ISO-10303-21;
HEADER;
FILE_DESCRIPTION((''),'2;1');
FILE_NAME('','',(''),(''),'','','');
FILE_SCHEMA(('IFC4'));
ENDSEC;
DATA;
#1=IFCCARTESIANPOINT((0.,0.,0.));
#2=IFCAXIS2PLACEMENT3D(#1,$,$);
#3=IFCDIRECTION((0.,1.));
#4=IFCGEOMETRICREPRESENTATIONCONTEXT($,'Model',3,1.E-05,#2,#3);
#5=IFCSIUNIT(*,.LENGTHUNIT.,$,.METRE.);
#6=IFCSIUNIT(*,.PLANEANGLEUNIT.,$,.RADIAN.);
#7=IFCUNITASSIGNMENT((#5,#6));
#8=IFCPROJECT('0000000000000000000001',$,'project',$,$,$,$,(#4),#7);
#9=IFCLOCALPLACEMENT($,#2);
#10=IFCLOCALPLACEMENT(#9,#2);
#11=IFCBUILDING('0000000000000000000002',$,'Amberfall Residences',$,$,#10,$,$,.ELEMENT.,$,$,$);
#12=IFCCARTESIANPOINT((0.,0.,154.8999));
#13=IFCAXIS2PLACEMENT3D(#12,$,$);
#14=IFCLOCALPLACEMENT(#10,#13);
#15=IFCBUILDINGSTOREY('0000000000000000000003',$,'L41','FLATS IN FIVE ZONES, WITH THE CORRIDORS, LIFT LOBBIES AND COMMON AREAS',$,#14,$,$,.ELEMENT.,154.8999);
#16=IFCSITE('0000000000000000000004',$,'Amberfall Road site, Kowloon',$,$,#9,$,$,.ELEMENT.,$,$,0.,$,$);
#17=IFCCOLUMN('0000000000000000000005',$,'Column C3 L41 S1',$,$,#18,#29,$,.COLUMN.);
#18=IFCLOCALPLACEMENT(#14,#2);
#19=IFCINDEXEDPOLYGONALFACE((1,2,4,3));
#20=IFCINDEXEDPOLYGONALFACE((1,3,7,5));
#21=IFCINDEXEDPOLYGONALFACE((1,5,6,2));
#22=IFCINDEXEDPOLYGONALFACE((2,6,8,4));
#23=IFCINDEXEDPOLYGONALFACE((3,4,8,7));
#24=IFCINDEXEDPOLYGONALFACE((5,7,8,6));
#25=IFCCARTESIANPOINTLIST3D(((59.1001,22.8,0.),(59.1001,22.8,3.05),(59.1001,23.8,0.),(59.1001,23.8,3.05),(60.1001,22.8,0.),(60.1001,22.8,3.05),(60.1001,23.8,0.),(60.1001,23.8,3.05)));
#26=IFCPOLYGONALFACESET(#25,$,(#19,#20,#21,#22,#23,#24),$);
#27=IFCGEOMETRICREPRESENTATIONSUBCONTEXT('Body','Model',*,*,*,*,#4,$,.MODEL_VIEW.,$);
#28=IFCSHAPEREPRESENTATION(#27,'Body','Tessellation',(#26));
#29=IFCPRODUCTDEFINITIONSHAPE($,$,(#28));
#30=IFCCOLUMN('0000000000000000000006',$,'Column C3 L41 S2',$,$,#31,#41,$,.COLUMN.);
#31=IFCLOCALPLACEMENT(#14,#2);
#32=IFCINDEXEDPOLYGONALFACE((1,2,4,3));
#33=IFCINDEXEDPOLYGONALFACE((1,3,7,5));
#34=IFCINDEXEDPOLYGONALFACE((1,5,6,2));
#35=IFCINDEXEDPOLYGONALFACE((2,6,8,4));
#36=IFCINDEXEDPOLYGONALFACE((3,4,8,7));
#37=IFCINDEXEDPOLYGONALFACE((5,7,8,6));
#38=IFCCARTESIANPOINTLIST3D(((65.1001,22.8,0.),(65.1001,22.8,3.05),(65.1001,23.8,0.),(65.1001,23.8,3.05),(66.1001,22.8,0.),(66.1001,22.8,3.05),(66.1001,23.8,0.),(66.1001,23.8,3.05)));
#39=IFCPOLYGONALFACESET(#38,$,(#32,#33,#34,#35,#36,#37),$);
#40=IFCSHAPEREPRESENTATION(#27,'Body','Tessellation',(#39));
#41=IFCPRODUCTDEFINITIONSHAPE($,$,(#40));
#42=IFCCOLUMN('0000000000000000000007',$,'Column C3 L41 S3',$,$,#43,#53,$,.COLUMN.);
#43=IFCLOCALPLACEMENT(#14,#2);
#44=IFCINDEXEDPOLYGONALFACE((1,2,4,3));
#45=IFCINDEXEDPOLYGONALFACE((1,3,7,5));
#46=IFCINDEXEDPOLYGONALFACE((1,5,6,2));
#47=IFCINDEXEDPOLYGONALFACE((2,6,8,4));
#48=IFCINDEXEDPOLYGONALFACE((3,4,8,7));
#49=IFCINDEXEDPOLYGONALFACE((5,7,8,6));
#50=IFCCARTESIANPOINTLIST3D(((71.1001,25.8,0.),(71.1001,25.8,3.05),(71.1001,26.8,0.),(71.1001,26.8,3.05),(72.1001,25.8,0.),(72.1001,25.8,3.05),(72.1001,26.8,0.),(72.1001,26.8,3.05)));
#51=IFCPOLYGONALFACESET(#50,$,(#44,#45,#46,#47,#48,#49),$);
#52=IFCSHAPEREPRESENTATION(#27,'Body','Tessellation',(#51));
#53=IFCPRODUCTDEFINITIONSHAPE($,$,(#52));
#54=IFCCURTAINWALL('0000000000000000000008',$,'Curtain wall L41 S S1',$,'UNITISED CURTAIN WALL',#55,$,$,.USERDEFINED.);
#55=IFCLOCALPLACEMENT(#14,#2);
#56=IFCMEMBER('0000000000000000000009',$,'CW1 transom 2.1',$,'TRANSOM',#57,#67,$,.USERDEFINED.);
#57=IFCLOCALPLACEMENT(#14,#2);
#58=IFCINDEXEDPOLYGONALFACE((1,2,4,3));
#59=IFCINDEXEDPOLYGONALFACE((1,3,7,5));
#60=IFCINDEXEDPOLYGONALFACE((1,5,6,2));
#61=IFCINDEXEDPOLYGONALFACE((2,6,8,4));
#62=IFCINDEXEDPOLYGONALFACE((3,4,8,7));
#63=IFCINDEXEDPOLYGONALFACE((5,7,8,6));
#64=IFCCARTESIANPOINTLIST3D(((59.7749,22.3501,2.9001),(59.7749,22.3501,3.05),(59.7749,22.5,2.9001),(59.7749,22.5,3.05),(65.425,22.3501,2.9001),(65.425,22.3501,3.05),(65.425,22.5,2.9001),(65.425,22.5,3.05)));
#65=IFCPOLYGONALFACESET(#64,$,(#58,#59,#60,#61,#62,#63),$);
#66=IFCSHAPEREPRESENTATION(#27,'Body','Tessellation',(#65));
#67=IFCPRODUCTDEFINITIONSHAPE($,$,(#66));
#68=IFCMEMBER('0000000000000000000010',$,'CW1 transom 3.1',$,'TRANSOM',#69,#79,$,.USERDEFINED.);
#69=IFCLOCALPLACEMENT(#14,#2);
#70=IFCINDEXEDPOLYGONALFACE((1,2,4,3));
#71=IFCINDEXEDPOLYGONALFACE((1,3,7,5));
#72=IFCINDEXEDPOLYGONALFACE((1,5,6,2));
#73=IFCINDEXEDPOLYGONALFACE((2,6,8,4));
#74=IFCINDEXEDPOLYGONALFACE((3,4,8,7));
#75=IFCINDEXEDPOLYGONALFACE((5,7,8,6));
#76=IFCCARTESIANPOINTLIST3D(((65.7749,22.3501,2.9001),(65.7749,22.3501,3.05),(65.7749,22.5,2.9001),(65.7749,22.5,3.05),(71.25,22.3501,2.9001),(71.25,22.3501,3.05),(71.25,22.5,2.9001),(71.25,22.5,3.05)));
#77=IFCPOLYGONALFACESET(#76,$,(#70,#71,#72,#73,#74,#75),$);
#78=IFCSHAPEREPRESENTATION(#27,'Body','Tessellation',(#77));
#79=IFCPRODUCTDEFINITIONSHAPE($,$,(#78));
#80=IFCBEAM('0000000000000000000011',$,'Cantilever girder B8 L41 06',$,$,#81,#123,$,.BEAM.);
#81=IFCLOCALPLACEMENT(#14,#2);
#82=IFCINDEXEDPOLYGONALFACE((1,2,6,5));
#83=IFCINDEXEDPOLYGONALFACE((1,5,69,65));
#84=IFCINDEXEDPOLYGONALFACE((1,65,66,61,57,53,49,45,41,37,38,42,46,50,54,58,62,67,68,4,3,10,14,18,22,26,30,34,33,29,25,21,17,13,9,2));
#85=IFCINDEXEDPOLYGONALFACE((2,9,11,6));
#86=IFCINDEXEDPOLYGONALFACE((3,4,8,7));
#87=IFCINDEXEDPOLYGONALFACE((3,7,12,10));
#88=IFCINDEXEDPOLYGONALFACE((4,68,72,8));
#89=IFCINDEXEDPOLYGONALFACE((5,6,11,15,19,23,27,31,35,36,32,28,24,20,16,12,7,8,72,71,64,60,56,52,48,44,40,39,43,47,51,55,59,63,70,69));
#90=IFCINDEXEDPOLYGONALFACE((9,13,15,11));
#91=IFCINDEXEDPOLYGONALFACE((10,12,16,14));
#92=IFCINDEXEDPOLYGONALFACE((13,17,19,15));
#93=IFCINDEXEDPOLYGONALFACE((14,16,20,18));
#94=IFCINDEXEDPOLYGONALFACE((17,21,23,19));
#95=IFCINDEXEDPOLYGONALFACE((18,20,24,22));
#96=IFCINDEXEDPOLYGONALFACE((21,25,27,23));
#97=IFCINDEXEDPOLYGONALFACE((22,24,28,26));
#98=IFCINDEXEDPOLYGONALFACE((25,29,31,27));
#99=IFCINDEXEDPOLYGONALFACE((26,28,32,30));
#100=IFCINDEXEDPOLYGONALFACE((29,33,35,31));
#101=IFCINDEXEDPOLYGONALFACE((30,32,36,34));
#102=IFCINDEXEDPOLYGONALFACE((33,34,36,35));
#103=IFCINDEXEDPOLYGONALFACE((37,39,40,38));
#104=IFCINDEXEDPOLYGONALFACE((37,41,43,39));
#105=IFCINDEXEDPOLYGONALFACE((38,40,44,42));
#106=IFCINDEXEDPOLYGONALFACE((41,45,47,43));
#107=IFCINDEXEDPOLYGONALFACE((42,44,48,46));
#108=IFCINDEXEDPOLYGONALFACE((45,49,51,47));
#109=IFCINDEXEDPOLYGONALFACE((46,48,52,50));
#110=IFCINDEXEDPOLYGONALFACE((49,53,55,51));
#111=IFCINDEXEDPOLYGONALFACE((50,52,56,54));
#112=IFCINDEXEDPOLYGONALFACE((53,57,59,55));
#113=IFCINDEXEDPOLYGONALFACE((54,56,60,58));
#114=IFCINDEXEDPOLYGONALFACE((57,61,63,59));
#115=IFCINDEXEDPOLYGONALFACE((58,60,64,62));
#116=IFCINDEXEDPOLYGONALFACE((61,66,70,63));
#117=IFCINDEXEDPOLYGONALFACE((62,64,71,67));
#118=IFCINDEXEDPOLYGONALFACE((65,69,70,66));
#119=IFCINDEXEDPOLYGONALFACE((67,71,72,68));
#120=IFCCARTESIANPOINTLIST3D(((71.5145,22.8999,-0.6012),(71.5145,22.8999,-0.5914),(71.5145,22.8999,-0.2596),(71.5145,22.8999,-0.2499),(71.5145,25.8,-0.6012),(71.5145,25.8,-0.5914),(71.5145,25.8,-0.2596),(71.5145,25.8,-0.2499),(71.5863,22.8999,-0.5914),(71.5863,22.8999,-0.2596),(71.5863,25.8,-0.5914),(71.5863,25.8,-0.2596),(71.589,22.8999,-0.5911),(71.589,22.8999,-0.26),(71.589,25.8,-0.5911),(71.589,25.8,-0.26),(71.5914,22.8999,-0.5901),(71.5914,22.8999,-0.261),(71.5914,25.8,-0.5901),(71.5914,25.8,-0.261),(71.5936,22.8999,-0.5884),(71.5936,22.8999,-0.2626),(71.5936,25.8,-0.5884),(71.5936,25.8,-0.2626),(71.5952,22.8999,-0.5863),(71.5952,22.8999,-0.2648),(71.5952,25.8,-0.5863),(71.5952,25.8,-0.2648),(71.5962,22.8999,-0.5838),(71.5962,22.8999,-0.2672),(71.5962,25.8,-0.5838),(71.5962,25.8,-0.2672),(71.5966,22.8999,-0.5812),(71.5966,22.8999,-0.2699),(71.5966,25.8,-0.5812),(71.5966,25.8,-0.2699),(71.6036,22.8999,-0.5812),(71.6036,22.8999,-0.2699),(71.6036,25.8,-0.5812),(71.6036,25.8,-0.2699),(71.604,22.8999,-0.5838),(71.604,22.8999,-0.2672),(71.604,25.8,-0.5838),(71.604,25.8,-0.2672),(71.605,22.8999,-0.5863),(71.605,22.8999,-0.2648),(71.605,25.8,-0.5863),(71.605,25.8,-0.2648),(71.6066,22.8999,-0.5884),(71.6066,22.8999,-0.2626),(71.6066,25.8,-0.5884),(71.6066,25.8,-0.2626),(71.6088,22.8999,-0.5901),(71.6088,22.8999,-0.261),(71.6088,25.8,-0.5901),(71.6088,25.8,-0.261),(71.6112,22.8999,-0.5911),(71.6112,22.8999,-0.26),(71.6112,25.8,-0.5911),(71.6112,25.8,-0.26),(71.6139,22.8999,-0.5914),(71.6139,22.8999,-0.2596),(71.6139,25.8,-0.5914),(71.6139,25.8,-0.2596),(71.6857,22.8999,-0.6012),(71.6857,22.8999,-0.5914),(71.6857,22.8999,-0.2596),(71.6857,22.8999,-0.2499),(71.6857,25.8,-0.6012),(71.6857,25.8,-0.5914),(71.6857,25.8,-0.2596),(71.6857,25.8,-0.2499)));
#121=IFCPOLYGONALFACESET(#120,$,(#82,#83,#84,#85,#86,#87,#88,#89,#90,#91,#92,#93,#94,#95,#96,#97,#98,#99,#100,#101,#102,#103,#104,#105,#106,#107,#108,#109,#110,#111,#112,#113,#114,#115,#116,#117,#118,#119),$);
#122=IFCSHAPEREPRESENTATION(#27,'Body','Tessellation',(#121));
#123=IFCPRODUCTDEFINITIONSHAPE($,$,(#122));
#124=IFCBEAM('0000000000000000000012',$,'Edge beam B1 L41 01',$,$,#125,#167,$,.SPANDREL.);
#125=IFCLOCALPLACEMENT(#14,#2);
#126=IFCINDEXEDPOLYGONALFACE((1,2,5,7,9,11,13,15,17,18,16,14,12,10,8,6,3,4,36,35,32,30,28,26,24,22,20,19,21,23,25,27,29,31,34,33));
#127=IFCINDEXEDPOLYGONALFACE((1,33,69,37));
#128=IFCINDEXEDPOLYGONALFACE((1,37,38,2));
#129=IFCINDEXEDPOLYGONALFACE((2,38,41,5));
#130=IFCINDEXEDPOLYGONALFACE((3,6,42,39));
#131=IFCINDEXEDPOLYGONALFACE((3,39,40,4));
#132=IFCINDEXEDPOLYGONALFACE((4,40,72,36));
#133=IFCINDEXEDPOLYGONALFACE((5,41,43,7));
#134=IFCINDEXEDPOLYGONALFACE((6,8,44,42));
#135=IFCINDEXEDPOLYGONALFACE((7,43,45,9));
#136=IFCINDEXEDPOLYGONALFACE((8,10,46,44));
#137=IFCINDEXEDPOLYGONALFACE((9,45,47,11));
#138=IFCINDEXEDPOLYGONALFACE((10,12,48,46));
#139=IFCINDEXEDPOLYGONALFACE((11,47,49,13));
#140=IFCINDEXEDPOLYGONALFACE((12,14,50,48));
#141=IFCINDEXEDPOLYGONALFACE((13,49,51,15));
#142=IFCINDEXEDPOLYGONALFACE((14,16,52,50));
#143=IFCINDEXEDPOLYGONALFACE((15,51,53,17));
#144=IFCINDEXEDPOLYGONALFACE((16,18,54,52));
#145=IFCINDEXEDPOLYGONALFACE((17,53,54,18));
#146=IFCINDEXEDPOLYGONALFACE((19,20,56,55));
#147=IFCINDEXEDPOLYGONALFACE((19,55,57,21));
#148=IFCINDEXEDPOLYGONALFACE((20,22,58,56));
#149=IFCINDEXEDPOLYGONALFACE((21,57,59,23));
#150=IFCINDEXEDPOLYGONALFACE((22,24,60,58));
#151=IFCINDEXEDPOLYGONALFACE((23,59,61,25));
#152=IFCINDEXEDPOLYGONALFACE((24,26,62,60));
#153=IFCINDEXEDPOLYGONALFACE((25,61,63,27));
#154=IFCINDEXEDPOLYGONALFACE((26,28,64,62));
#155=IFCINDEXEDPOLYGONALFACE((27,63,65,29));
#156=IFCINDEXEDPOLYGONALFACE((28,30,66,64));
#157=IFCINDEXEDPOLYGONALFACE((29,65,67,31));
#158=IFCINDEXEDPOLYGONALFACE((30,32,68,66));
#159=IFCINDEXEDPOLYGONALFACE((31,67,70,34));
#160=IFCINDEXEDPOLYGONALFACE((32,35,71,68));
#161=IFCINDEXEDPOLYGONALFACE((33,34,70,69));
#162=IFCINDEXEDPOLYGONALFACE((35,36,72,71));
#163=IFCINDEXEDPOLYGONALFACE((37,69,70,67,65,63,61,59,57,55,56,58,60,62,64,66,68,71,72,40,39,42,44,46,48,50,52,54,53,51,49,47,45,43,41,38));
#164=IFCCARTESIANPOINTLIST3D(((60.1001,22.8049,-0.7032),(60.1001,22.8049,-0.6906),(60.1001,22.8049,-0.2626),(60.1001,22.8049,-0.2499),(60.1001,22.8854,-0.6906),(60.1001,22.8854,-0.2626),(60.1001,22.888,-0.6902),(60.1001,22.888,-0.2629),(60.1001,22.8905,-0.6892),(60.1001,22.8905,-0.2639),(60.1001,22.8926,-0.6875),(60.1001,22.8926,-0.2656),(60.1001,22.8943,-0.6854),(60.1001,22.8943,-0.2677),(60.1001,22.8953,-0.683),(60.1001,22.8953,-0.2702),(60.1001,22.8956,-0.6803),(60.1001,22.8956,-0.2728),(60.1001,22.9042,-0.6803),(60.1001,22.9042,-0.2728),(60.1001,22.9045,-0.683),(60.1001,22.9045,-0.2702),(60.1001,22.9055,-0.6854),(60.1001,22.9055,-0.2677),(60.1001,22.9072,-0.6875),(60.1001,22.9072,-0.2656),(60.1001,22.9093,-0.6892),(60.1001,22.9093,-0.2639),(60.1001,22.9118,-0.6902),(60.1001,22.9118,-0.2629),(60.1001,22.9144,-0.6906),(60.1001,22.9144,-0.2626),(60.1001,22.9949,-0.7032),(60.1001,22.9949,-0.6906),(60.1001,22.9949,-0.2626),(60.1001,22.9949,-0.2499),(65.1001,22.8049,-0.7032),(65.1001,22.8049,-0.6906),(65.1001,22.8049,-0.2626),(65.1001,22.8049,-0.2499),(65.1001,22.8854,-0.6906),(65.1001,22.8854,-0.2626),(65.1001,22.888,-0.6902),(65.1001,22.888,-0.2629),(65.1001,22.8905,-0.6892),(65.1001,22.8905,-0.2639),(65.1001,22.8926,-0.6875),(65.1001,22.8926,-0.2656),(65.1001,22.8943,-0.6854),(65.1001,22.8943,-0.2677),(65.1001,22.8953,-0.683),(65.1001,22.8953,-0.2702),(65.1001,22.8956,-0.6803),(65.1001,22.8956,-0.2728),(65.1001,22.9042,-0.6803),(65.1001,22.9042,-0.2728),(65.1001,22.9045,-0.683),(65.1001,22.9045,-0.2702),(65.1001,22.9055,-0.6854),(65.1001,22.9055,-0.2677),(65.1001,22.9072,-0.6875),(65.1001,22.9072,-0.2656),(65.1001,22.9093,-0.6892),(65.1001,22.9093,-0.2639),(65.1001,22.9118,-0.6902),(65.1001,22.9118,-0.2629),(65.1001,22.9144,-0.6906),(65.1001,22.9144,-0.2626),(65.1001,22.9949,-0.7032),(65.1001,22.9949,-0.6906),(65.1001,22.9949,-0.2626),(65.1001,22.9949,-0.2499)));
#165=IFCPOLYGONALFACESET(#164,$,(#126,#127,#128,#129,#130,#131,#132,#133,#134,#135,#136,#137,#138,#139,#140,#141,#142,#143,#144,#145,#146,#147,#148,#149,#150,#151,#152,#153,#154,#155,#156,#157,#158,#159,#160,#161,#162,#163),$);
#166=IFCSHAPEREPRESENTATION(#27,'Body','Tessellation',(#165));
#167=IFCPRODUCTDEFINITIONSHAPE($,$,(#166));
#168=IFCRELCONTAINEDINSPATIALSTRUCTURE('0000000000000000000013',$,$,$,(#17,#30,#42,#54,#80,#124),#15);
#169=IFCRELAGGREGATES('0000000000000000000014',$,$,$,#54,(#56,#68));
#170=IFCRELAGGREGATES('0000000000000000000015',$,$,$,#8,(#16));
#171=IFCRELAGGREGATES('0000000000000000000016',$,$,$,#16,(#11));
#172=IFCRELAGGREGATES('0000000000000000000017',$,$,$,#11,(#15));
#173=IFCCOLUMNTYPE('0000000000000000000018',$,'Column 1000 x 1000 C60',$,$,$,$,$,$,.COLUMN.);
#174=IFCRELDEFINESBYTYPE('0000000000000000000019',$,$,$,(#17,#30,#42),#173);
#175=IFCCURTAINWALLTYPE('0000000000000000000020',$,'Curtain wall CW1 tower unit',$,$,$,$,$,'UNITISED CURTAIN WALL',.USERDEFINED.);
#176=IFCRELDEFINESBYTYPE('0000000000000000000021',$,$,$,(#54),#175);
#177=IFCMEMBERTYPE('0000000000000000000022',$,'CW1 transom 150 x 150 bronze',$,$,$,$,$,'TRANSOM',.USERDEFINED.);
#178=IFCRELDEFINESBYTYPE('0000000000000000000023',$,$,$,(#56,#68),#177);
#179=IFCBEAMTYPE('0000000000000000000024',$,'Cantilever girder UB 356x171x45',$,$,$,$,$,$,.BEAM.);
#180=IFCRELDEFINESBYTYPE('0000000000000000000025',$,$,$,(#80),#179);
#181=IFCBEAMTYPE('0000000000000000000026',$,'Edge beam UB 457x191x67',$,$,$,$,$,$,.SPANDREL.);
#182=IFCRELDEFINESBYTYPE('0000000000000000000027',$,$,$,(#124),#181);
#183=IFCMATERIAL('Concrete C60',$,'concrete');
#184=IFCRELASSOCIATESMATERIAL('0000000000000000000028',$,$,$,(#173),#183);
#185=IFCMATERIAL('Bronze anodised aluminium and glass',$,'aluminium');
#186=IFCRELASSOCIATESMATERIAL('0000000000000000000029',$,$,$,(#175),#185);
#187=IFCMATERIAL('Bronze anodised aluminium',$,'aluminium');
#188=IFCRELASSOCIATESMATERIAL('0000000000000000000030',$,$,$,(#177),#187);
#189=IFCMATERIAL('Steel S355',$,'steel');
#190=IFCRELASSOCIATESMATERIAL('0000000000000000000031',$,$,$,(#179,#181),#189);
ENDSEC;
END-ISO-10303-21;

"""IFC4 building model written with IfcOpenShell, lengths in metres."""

from ifc_helpers import new_model, si_unit, direction, frame, origin, origin_2d, place, context, subcontext, project, spatial, rectangle, i_section, extrude, material, material_profile, profile_set, type_object, element, aggregate, save


model = new_model("IFC4")

# Units and contexts
model_context = context("Model", 3, precision=1e-05, world=origin(), true_north=direction((0.0, 1.0)))
body_context = subcontext(model_context, "Body", "Model", "MODEL_VIEW")
ifc_project = project(units=[si_unit("LENGTHUNIT", "METRE"), si_unit("PLANEANGLEUNIT", "RADIAN")], contexts=[model_context])

# Site, building, storey
site_placement = place(None, origin())
site = spatial("IfcSite", under=ifc_project, at=site_placement, Name="Amberfall Road site, Kowloon", CompositionType="ELEMENT", RefElevation=0.0)
building_placement = place(site_placement, origin())
building = spatial("IfcBuilding", under=site, at=building_placement, Name="Amberfall Residences", CompositionType="ELEMENT")
storey_placement = place(building_placement, frame((0.0, 0.0, 154.8999)))
storey = spatial("IfcBuildingStorey", under=building, at=storey_placement, Name="L41", Description="FLATS IN FIVE ZONES, WITH THE CORRIDORS, LIFT LOBBIES AND COMMON AREAS", CompositionType="ELEMENT", Elevation=154.8999)

# Columns
ifc_material_1 = material(Name="Concrete C60", Category="concrete")
ifc_material_profile_1 = material_profile(ifc_material_1, rectangle(XDim=1.0, YDim=1.0, at=origin_2d()), Name="Column 1000 x 1000 C60")
ifc_profile_set_1 = profile_set([ifc_material_profile_1], Name="Concrete C60")
column_type = type_object("IfcColumnType", Name="Column 1000 x 1000 C60", PredefinedType="COLUMN", material=ifc_profile_set_1)
for number, where, z_axis, x_axis, name in (
    (1, (59.6001, 23.3, 0.0), (0.0, 0.0, 1.0), (1.0, 0.0, 0.0), "Column C3 L41 S1"),
    (2, (65.6001, 23.3, 0.0), (0.0, 0.0, 1.0), (1.0, 0.0, 0.0), "Column C3 L41 S2"),
    (3, (71.6001, 26.3, 0.0), (0.0, 0.0, 1.0), (1.0, 0.0, 0.0), "Column C3 L41 S3"),
):
    element("IfcColumn", number, at=place(storey_placement, frame(where, z_axis=z_axis, x_axis=x_axis)), inside=storey, type_object=column_type, Name=name, PredefinedType="COLUMN", context=body_context, shape_type="SweptSolid", body=[
        extrude(rectangle(XDim=1.0, YDim=1.0, at=origin_2d()), origin(), (0.0, 0.0, 1.0), 3.05),
    ])

# Curtain wall, members
ifc_material_2 = material(Name="Bronze anodised aluminium and glass", Category="aluminium")
curtain_wall_type = type_object("IfcCurtainWallType", Name="Curtain wall CW1 tower unit", ElementType="UNITISED CURTAIN WALL", PredefinedType="USERDEFINED", material=ifc_material_2)
curtain_wall_placement = place(storey_placement, origin())
curtain_wall = element("IfcCurtainWall", 4, at=curtain_wall_placement, inside=storey, type_object=curtain_wall_type, Name="Curtain wall L41 S S1", ObjectType="UNITISED CURTAIN WALL", PredefinedType="USERDEFINED")
ifc_material_3 = material(Name="Bronze anodised aluminium", Category="aluminium")
ifc_material_profile_2 = material_profile(ifc_material_3, rectangle(XDim=0.1499, YDim=0.1499, at=origin_2d()), Name="CW1 transom 150 x 150 bronze")
ifc_profile_set_2 = profile_set([ifc_material_profile_2], Name="Bronze anodised aluminium")
member_type_1 = type_object("IfcMemberType", Name="CW1 transom 150 x 150 bronze", ElementType="TRANSOM", PredefinedType="USERDEFINED", material=ifc_profile_set_2)
member_1_placement = place(storey_placement, frame((59.7749, 22.425, 2.9751), z_axis=(1.0, 0.0, 0.0), x_axis=(0.0, 1.0, 0.0)))
member_1 = element("IfcMember", 5, at=member_1_placement, type_object=member_type_1, Name="CW1 transom 2.1", ObjectType="TRANSOM", PredefinedType="USERDEFINED", context=body_context, shape_type="SweptSolid", body=[
    extrude(rectangle(XDim=0.1499, YDim=0.1499, at=origin_2d()), origin(), (0.0, 0.0, 1.0), 5.6501),
])
member_2_placement = place(storey_placement, frame((65.7749, 22.425, 2.9751), z_axis=(1.0, 0.0, 0.0), x_axis=(0.0, 1.0, 0.0)))
member_2 = element("IfcMember", 6, at=member_2_placement, type_object=member_type_1, Name="CW1 transom 3.1", ObjectType="TRANSOM", PredefinedType="USERDEFINED", context=body_context, shape_type="SweptSolid", body=[
    extrude(rectangle(XDim=0.1499, YDim=0.1499, at=origin_2d()), origin(), (0.0, 0.0, 1.0), 5.4751),
])

# Beams
ifc_material_4 = material(Name="Steel S355", Category="steel")
ifc_material_profile_3 = material_profile(ifc_material_4, i_section(OverallWidth=0.1711, OverallDepth=0.3513, WebThickness=0.0071, FlangeThickness=0.0098, FilletRadius=0.0103, at=origin_2d()), Name="UB 356x171x45")
ifc_profile_set_3 = profile_set([ifc_material_profile_3], Name="Steel S355")
beam_type_1 = type_object("IfcBeamType", Name="Cantilever girder UB 356x171x45", PredefinedType="BEAM", material=ifc_profile_set_3)
beam_1_placement = place(storey_placement, frame((71.6001, 25.8, -0.4255), z_axis=(0.0, -1.0, 0.0), x_axis=(1.0, 0.0, 0.0)))
element("IfcBeam", 7, at=beam_1_placement, inside=storey, type_object=beam_type_1, Name="Cantilever girder B8 L41 06", PredefinedType="BEAM", context=body_context, shape_type="SweptSolid", body=[
    extrude(i_section(OverallWidth=0.1711, OverallDepth=0.3513, WebThickness=0.0071, FlangeThickness=0.0098, FilletRadius=0.0103, at=origin_2d()), origin(), (0.0, 0.0, 1.0), 2.9001),
])
ifc_material_profile_4 = material_profile(ifc_material_4, i_section(OverallWidth=0.1899, OverallDepth=0.4534, WebThickness=0.0085, FlangeThickness=0.0127, FilletRadius=0.0103, at=origin_2d()), Name="UB 457x191x67")
ifc_profile_set_4 = profile_set([ifc_material_profile_4], Name="Steel S355")
beam_type_2 = type_object("IfcBeamType", Name="Edge beam UB 457x191x67", PredefinedType="SPANDREL", material=ifc_profile_set_4)
beam_2_placement = place(storey_placement, frame((60.1001, 22.8999, -0.4766), z_axis=(1.0, 0.0, 0.0), x_axis=(0.0, 1.0, 0.0)))
element("IfcBeam", 8, at=beam_2_placement, inside=storey, type_object=beam_type_2, Name="Edge beam B1 L41 01", PredefinedType="SPANDREL", context=body_context, shape_type="SweptSolid", body=[
    extrude(i_section(OverallWidth=0.1899, OverallDepth=0.4534, WebThickness=0.0085, FlangeThickness=0.0127, FilletRadius=0.0103, at=origin_2d()), origin(), (0.0, 0.0, 1.0), 5.0),
])

aggregate(curtain_wall, [member_1, member_2])

save(model, "model.ifc")
